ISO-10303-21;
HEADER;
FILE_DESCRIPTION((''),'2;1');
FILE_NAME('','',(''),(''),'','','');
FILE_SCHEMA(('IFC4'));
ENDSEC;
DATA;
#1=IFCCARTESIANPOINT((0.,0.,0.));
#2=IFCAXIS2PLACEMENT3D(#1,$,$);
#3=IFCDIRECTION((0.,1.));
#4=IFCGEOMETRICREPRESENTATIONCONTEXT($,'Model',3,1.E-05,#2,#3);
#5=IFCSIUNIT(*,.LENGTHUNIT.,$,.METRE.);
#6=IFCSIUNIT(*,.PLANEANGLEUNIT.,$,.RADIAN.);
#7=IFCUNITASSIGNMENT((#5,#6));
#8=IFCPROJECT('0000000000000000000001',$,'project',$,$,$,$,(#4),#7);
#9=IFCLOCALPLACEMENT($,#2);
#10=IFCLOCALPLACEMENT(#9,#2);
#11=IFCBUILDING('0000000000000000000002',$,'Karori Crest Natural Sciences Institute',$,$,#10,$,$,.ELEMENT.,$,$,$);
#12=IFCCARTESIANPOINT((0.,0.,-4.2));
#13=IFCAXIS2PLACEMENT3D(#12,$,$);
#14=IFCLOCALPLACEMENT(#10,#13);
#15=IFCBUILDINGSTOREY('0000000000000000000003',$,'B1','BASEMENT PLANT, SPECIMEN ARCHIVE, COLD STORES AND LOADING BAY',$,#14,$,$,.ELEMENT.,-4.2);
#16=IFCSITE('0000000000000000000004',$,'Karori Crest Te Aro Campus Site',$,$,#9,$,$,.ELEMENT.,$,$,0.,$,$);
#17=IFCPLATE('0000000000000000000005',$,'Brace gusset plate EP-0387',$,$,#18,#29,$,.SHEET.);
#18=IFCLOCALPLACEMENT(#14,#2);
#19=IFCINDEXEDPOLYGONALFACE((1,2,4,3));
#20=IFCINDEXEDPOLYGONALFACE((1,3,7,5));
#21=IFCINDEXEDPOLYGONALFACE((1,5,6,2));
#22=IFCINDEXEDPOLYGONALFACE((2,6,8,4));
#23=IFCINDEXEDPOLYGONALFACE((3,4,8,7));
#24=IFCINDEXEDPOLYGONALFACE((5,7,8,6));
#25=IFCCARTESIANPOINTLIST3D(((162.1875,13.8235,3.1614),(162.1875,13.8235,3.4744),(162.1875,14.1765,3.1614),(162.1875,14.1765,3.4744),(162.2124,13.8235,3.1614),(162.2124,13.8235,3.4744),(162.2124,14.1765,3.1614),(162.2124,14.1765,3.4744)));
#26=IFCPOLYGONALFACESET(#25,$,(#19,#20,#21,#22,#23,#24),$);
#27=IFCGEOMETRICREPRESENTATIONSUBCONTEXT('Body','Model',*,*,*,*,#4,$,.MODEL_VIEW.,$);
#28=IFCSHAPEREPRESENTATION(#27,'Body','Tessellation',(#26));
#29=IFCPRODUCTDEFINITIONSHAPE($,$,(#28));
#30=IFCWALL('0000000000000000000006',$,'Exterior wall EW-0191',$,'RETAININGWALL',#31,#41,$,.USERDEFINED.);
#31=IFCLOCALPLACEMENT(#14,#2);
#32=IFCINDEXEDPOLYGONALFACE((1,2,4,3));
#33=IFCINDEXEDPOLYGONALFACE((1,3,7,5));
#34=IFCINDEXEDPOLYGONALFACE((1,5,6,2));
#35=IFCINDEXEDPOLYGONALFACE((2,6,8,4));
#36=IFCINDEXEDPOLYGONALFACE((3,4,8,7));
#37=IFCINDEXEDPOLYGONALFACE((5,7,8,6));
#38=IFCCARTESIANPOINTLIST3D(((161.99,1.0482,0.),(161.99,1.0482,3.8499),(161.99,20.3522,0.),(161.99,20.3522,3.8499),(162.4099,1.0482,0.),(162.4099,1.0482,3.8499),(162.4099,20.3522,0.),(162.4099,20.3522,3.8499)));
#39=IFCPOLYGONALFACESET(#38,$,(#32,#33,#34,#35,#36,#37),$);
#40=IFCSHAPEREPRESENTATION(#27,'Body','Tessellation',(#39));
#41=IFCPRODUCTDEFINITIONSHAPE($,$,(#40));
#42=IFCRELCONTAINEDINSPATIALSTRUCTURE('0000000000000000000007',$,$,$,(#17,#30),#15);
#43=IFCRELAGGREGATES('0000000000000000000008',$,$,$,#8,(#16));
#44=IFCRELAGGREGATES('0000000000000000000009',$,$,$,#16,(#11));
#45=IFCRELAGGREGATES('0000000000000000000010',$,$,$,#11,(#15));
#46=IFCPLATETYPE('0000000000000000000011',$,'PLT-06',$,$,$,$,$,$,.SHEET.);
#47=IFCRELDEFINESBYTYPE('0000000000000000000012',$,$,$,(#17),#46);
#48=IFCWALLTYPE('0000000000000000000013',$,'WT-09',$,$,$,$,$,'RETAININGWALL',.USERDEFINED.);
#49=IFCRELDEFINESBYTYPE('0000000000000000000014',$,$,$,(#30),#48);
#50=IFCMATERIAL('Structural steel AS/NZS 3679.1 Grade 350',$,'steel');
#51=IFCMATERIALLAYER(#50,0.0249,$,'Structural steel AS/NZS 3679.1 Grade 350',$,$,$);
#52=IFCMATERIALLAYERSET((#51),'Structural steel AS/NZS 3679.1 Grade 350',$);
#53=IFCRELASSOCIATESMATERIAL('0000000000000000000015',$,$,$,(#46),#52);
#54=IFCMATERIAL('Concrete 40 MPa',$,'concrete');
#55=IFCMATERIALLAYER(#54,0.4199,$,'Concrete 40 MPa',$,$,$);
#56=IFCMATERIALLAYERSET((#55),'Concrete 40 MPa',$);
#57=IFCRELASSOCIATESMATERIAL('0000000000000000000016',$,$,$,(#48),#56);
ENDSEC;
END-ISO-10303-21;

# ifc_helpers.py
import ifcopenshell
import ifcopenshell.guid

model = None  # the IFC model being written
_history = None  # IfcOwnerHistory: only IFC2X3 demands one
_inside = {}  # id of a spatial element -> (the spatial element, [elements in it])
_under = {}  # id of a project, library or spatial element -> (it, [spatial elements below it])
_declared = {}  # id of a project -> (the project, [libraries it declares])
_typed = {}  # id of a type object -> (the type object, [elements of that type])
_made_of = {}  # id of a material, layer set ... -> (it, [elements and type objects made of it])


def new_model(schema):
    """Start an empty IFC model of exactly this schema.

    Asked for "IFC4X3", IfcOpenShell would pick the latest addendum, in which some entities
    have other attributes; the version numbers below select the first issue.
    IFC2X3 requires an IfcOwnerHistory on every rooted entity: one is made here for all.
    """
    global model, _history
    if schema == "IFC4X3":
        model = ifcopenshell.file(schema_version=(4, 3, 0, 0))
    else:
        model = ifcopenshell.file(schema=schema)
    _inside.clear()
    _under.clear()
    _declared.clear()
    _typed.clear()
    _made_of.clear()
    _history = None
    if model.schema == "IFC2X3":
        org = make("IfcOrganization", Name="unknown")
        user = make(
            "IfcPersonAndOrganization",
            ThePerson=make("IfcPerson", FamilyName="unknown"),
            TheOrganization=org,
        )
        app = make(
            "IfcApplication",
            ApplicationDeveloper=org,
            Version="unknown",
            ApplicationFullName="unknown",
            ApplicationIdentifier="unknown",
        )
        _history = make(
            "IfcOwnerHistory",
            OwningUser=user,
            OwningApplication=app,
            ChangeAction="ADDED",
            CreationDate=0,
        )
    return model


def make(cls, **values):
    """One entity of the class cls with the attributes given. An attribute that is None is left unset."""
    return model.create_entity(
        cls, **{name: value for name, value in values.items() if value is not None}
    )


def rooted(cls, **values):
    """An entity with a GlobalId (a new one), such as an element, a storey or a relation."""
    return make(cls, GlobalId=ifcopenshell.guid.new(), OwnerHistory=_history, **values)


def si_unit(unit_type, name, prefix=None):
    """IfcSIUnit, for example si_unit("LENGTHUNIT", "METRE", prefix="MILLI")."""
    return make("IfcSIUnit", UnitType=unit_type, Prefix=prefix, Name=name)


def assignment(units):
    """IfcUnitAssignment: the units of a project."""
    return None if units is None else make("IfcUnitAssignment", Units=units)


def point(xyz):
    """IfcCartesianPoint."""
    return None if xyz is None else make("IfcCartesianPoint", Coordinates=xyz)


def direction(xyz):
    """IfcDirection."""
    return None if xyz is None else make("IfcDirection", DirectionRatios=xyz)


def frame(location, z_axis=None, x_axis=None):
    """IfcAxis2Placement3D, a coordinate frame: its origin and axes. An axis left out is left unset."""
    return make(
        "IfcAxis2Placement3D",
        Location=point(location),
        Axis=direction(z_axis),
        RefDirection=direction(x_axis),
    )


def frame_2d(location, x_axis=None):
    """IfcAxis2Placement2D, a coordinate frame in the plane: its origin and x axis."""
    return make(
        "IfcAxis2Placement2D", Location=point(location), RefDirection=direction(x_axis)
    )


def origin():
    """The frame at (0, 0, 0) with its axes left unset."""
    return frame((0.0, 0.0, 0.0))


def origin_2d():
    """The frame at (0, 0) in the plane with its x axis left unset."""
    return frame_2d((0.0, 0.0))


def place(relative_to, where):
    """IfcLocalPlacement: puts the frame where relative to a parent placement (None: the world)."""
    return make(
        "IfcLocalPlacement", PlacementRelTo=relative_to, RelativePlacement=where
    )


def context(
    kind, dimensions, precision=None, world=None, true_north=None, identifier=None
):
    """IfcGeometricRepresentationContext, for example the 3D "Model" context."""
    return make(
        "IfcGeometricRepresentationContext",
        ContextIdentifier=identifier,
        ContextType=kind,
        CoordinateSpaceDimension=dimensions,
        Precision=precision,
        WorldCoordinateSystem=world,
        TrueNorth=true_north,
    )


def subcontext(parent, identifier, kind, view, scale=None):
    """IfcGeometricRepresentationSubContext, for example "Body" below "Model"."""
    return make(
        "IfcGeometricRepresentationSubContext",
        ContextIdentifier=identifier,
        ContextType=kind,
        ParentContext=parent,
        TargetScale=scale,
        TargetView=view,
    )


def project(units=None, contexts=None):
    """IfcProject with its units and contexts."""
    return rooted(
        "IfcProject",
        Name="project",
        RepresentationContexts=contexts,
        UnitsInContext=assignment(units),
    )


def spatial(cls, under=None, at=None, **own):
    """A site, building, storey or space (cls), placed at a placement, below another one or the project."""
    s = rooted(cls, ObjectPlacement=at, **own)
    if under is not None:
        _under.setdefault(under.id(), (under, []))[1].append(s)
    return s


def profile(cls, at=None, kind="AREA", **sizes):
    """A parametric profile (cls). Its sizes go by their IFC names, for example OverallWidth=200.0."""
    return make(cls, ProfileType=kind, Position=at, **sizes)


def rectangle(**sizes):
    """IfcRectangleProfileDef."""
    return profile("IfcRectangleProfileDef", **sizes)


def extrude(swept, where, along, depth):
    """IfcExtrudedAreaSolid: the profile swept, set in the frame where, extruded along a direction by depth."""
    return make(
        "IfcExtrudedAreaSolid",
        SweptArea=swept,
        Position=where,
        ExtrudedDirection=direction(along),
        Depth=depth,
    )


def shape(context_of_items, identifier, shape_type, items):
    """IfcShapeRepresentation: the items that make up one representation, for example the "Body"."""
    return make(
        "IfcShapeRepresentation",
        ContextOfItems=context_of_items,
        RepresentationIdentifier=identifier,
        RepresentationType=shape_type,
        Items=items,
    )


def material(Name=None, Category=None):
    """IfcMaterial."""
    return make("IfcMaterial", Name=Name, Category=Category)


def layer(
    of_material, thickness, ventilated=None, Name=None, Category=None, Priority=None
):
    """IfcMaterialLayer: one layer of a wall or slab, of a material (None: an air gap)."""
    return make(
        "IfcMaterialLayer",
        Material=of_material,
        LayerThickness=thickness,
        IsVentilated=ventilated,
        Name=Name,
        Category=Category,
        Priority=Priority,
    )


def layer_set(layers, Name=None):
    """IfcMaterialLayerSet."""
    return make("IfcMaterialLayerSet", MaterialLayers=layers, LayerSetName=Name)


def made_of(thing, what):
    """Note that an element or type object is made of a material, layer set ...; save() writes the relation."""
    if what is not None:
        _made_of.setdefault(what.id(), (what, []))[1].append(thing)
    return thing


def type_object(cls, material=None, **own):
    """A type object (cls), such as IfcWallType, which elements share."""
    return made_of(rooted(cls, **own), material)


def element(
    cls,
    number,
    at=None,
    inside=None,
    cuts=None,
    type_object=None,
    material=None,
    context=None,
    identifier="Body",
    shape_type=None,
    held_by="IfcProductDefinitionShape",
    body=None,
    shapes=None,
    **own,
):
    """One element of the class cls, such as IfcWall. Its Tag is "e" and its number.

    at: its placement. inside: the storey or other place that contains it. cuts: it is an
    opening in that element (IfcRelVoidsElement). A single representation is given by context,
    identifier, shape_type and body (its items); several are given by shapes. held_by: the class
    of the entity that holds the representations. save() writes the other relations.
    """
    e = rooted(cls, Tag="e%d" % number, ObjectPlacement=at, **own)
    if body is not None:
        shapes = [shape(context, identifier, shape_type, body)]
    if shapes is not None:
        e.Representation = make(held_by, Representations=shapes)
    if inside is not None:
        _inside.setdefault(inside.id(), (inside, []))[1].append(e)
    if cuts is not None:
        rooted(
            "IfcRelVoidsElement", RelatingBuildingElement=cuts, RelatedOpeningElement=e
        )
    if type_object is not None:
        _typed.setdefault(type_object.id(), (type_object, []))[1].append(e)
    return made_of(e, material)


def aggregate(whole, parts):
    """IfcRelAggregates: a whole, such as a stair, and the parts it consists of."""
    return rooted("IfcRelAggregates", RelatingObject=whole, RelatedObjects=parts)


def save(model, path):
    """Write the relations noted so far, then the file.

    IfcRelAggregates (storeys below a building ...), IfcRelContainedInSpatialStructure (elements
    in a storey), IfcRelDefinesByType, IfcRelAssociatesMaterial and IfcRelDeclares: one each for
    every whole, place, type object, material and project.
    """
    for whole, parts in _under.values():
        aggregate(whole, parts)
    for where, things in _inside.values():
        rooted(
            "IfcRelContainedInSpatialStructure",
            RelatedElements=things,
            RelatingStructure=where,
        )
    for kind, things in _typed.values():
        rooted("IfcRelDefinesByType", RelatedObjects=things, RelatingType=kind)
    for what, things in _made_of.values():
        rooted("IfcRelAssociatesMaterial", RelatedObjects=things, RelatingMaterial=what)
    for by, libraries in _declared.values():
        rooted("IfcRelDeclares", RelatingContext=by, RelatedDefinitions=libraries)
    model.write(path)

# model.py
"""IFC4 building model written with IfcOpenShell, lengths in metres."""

from ifc_helpers import new_model, si_unit, direction, frame, frame_2d, origin, origin_2d, place, context, subcontext, project, spatial, rectangle, extrude, material, layer, layer_set, type_object, element, save


model = new_model("IFC4")

# Units and contexts
model_context = context("Model", 3, precision=1e-05, world=origin(), true_north=direction((0.0, 1.0)))
body_context = subcontext(model_context, "Body", "Model", "MODEL_VIEW")
ifc_project = project(units=[si_unit("LENGTHUNIT", "METRE"), si_unit("PLANEANGLEUNIT", "RADIAN")], contexts=[model_context])

# Site, building, storey
site_placement = place(None, origin())
site = spatial("IfcSite", under=ifc_project, at=site_placement, Name="Karori Crest Te Aro Campus Site", CompositionType="ELEMENT", RefElevation=0.0)
building_placement = place(site_placement, origin())
building = spatial("IfcBuilding", under=site, at=building_placement, Name="Karori Crest Natural Sciences Institute", CompositionType="ELEMENT")
storey_placement = place(building_placement, frame((0.0, 0.0, -4.2)))
storey = spatial("IfcBuildingStorey", under=building, at=storey_placement, Name="B1", Description="BASEMENT PLANT, SPECIMEN ARCHIVE, COLD STORES AND LOADING BAY", CompositionType="ELEMENT", Elevation=-4.2)

# Shared definitions
ifc_material_1 = material(Name="Concrete 40 MPa", Category="concrete")

# Shared definitions
ifc_material_2 = material(Name="Structural steel AS/NZS 3679.1 Grade 350", Category="steel")

# Plate
ifc_layer_1 = layer(ifc_material_2, 0.0249, Name="Structural steel AS/NZS 3679.1 Grade 350")
ifc_layer_set_1 = layer_set([ifc_layer_1], Name="Structural steel AS/NZS 3679.1 Grade 350")
plate_type = type_object("IfcPlateType", Name="PLT-06", PredefinedType="SHEET", material=ifc_layer_set_1)
plate_placement = place(storey_placement, frame((162.2, 14.0, 3.1614), z_axis=(0.0, 0.0, 1.0), x_axis=(0.0, 1.0, 0.0)))
element("IfcPlate", 1, at=plate_placement, inside=storey, type_object=plate_type, Name="Brace gusset plate EP-0387", PredefinedType="SHEET", context=body_context, shape_type="SweptSolid", body=[
    extrude(rectangle(XDim=0.353, YDim=0.0249, at=origin_2d()), origin(), (0.0, 0.0, 1.0), 0.313),
])

# Wall
ifc_layer_2 = layer(ifc_material_1, 0.4199, Name="Concrete 40 MPa")
ifc_layer_set_2 = layer_set([ifc_layer_2], Name="Concrete 40 MPa")
wall_type = type_object("IfcWallType", Name="WT-09", ElementType="RETAININGWALL", PredefinedType="USERDEFINED", material=ifc_layer_set_2)
wall_placement = place(storey_placement, frame((162.2, 20.3521, 0.0), z_axis=(0.0, 0.0, 1.0), x_axis=(0.0, -1.0, 0.0)))
element("IfcWall", 2, at=wall_placement, inside=storey, type_object=wall_type, Name="Exterior wall EW-0191", ObjectType="RETAININGWALL", PredefinedType="USERDEFINED", context=body_context, shape_type="SweptSolid", body=[
    extrude(rectangle(XDim=19.304, YDim=0.4199, at=frame_2d((9.6519, 0.0))), origin(), (0.0, 0.0, 1.0), 3.8499),
])

save(model, "model.ifc")
